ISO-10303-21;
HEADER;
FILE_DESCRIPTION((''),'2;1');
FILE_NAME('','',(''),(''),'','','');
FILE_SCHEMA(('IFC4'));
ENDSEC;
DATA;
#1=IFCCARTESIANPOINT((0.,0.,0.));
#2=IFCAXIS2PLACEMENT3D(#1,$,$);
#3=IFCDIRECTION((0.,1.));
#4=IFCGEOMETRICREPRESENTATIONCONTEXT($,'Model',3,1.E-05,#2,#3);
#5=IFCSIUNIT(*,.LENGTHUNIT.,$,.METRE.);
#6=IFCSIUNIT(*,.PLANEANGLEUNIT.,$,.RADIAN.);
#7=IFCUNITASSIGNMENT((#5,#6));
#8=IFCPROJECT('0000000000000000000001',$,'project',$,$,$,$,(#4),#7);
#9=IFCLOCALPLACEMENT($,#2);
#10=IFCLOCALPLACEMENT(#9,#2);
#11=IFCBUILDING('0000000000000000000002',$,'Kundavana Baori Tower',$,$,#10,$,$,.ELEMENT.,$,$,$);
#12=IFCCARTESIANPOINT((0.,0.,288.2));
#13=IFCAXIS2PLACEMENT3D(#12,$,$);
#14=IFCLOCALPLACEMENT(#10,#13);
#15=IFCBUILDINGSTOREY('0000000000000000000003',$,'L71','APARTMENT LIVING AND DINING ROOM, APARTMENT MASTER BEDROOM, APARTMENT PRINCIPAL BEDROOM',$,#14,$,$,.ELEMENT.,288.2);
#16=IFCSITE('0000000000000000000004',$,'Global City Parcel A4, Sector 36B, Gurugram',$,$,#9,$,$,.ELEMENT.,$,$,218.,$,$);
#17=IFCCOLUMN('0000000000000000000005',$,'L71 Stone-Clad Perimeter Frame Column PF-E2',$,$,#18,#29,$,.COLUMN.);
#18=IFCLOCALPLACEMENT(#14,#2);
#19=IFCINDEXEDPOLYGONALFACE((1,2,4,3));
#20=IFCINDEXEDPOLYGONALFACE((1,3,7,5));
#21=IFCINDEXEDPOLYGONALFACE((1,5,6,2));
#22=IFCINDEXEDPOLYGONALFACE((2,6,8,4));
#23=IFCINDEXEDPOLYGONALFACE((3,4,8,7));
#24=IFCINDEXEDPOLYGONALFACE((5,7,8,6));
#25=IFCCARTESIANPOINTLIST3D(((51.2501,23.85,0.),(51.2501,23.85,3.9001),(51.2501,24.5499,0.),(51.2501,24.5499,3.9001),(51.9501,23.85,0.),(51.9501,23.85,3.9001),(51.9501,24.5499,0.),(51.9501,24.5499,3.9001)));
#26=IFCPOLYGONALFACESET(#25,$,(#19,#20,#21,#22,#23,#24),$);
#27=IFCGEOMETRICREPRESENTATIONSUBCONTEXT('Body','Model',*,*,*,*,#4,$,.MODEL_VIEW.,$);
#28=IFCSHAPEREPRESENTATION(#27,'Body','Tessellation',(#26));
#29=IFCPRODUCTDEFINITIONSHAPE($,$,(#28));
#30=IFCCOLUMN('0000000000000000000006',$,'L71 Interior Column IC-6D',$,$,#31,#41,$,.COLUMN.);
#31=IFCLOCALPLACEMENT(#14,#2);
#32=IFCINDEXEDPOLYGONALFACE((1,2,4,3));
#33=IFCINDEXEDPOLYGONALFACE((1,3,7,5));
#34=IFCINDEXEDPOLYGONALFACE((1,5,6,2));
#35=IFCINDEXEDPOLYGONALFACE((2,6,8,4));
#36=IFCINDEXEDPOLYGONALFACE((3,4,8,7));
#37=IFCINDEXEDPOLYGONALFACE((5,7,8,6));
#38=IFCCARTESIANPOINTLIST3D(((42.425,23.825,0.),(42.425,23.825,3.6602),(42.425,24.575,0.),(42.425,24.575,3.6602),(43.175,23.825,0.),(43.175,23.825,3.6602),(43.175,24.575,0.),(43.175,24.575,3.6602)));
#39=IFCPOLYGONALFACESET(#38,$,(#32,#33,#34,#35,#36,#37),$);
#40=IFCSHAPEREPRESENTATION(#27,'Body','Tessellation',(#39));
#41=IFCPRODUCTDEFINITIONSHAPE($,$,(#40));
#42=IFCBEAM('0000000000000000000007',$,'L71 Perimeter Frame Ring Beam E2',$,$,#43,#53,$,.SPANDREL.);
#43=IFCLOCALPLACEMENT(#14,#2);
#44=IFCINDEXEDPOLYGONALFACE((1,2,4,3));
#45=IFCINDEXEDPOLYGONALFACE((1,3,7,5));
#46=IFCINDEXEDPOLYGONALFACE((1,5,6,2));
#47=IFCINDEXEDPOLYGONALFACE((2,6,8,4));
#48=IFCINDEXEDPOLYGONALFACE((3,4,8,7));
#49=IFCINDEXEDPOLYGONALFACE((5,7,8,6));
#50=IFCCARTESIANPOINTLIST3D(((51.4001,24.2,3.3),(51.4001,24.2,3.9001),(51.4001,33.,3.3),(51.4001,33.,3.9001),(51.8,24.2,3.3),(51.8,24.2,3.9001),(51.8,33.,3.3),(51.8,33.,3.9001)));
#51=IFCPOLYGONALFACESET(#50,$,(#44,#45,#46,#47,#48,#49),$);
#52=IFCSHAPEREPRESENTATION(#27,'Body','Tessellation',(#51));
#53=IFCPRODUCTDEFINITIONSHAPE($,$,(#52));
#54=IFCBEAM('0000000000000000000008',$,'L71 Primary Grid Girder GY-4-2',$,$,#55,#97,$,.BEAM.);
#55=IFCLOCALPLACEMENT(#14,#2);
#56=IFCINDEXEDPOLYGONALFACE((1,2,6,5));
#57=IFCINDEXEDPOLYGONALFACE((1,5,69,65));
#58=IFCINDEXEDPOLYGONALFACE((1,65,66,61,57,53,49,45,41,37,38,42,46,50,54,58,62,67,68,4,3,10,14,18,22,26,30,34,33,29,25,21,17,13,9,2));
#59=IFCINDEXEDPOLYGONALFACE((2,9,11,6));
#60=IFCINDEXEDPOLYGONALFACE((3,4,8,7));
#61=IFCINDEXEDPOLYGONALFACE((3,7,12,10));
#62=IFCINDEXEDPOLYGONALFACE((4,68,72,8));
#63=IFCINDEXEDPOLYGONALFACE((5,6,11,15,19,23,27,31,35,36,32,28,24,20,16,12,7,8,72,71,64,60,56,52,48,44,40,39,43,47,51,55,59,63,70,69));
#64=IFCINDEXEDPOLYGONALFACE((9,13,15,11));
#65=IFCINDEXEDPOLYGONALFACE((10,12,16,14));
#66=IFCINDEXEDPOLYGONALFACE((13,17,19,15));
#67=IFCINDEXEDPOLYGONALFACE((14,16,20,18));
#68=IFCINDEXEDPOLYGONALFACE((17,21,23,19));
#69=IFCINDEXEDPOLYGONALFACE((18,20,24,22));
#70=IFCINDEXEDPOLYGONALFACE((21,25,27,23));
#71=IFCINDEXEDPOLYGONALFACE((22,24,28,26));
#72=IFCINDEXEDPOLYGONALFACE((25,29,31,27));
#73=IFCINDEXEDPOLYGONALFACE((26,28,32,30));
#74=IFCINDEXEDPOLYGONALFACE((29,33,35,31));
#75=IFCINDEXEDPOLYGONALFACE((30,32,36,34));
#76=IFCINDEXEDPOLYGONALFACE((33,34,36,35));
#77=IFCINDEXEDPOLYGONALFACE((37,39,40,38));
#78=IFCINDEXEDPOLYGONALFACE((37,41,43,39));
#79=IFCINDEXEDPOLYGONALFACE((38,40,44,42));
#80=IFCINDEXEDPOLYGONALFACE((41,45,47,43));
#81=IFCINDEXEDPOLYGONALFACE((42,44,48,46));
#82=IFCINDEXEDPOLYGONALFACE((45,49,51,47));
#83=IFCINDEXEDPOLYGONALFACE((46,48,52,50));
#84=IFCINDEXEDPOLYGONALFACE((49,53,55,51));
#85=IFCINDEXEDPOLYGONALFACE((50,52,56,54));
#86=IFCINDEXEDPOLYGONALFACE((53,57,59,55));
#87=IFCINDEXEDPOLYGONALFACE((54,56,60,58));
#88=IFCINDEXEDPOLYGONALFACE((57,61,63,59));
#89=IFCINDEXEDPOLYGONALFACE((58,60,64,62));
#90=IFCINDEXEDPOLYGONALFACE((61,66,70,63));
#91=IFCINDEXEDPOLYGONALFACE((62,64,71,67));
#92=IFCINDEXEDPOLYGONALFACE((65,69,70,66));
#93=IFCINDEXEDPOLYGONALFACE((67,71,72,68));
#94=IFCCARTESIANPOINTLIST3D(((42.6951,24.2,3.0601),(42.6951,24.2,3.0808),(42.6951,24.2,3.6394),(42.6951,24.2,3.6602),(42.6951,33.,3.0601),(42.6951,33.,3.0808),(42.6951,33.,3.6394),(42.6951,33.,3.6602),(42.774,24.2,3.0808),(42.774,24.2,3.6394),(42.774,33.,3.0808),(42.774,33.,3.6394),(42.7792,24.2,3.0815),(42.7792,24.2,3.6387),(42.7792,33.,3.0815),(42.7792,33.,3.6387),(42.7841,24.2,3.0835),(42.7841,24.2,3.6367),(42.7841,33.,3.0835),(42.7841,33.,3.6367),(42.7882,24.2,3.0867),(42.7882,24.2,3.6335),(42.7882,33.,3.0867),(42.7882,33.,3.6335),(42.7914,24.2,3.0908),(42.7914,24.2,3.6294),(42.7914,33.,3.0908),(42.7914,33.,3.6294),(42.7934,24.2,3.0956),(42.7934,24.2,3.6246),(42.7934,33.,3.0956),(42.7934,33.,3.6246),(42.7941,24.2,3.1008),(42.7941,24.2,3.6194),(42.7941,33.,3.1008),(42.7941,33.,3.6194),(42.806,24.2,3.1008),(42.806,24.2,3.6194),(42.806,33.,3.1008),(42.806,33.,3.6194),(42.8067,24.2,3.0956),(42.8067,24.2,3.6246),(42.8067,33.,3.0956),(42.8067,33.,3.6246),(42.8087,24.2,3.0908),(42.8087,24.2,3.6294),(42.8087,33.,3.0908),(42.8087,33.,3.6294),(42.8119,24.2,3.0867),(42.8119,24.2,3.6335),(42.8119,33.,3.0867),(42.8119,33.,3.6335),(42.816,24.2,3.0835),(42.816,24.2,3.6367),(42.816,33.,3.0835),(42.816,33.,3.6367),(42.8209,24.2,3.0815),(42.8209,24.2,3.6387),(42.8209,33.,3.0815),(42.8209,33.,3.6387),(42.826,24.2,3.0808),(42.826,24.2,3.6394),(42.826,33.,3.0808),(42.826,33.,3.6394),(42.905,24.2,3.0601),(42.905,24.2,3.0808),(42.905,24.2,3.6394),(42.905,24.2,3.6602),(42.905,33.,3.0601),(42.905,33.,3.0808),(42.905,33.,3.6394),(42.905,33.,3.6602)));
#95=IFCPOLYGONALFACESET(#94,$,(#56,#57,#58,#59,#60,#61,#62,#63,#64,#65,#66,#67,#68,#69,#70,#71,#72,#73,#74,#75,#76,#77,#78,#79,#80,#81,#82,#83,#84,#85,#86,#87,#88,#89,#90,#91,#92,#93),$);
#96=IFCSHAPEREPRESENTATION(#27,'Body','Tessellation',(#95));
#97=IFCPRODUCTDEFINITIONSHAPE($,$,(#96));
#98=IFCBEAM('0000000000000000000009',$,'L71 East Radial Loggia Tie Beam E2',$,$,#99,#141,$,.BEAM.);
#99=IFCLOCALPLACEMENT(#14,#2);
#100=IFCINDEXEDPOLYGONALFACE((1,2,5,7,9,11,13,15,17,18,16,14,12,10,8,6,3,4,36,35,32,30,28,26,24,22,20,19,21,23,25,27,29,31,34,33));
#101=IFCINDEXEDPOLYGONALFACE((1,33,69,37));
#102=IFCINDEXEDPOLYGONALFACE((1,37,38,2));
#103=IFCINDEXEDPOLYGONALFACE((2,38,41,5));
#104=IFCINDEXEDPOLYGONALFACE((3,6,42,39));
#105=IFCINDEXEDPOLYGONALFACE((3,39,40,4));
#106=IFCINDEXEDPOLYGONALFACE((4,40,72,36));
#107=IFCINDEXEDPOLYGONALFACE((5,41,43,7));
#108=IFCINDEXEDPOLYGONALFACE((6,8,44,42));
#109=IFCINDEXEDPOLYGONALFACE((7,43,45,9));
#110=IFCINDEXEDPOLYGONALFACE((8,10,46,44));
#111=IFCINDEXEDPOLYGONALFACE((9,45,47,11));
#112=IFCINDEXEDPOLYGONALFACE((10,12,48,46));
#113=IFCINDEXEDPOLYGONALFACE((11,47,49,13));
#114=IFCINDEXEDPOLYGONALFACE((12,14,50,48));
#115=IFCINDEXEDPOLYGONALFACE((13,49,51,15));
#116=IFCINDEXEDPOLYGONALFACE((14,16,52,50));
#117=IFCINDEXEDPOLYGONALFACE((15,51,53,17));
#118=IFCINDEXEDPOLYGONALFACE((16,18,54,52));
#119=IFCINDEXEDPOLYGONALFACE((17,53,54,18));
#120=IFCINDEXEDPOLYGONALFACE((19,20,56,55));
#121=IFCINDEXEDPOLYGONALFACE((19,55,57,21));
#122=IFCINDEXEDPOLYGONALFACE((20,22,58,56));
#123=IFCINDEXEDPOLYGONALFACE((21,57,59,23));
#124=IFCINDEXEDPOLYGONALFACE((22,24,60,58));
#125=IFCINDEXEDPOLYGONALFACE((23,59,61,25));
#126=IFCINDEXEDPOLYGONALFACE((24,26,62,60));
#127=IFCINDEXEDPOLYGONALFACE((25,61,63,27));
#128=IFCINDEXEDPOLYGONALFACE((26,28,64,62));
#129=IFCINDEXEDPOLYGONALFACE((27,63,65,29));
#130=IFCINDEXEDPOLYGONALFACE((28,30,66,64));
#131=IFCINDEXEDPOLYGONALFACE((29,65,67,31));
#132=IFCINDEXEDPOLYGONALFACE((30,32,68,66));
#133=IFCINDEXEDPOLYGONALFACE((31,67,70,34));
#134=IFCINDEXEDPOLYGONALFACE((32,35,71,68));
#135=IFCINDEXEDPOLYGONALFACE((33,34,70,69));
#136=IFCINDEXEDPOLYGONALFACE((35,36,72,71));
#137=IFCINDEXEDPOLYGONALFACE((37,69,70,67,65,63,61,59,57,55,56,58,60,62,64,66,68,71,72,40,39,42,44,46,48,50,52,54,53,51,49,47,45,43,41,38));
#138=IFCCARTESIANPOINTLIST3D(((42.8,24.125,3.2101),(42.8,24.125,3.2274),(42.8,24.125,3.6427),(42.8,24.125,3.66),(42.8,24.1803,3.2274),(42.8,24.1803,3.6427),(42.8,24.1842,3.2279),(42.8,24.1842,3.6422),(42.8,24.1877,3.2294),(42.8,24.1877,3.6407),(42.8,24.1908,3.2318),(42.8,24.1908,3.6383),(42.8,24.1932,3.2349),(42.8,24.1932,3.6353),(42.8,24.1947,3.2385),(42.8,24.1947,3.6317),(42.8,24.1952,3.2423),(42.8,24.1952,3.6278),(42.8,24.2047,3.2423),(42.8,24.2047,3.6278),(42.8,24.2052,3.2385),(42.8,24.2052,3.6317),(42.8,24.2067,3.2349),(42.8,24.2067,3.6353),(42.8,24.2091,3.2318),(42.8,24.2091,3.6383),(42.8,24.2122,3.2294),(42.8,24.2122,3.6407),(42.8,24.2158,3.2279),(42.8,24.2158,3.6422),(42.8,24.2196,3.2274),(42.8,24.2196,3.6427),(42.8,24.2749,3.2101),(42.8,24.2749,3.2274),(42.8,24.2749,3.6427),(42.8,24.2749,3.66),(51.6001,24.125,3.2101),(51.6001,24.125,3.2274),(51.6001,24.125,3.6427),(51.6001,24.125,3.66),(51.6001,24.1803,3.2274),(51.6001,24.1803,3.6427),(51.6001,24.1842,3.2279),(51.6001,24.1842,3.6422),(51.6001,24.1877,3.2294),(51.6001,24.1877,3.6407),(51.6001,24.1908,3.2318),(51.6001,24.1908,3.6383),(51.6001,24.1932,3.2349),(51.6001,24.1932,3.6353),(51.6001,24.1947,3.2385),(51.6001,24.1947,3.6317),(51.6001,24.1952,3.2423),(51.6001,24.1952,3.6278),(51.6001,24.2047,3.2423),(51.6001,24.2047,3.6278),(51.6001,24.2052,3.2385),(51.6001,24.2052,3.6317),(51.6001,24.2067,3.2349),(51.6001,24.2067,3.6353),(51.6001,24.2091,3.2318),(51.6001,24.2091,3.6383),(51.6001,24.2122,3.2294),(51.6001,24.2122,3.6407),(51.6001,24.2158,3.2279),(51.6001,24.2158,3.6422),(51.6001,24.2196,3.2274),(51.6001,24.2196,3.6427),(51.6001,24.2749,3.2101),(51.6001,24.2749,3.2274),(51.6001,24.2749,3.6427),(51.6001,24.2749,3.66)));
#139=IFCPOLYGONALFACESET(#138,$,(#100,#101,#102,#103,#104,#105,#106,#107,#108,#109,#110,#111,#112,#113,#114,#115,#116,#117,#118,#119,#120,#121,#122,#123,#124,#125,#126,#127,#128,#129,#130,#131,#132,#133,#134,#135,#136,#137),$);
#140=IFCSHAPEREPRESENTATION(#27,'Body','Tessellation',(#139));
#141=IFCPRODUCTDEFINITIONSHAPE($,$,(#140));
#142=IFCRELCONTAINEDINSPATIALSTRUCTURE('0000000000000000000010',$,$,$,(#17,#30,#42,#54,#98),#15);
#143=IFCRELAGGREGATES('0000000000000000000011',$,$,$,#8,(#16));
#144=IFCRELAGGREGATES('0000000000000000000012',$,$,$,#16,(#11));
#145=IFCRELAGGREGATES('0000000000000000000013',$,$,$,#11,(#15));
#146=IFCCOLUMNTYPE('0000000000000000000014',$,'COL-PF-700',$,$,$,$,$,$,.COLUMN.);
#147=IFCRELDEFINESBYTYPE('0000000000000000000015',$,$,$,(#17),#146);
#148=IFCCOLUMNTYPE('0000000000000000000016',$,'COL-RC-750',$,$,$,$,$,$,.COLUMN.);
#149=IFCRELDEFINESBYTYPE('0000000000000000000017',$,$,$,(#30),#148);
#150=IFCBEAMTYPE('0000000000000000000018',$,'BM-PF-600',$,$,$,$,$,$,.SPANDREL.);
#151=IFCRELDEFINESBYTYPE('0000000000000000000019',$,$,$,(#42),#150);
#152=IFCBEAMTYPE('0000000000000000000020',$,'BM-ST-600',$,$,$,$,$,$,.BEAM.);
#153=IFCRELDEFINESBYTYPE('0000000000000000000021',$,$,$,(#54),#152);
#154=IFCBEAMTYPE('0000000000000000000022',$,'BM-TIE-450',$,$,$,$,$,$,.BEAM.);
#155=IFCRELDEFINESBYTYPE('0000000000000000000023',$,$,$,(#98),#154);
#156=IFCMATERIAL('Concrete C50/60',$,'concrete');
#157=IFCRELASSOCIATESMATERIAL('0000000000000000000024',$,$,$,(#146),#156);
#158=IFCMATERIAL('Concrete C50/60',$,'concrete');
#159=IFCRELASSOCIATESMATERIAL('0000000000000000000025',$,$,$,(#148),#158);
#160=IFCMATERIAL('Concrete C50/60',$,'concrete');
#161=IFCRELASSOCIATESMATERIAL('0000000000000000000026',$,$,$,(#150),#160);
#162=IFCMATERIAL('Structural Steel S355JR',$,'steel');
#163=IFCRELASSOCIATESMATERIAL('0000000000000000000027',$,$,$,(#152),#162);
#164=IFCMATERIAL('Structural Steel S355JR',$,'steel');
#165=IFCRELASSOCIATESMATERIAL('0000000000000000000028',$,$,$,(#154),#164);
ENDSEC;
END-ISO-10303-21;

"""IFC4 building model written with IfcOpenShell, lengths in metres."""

from ifc_helpers import new_model, si_unit, direction, frame, origin, origin_2d, place, context, subcontext, project, spatial, rectangle, i_section, extrude, material, material_profile, profile_set, type_object, element, save


model = new_model("IFC4")

# Units and contexts
model_context = context("Model", 3, precision=1e-05, world=origin(), true_north=direction((0.0, 1.0)))
body_context = subcontext(model_context, "Body", "Model", "MODEL_VIEW")
ifc_project = project(units=[si_unit("LENGTHUNIT", "METRE"), si_unit("PLANEANGLEUNIT", "RADIAN")], contexts=[model_context])

# Site, building, storey
site_placement = place(None, origin())
site = spatial("IfcSite", under=ifc_project, at=site_placement, Name="Global City Parcel A4, Sector 36B, Gurugram", CompositionType="ELEMENT", RefElevation=218.0)
building_placement = place(site_placement, origin())
building = spatial("IfcBuilding", under=site, at=building_placement, Name="Kundavana Baori Tower", CompositionType="ELEMENT")
storey_placement = place(building_placement, frame((0.0, 0.0, 288.2)))
storey = spatial("IfcBuildingStorey", under=building, at=storey_placement, Name="L71", Description="APARTMENT LIVING AND DINING ROOM, APARTMENT MASTER BEDROOM, APARTMENT PRINCIPAL BEDROOM", CompositionType="ELEMENT", Elevation=288.2)

# Columns
ifc_material_1 = material(Name="Concrete C50/60", Category="concrete")
ifc_material_profile_1 = material_profile(ifc_material_1, rectangle(XDim=0.7, YDim=0.7, at=origin_2d()), Name="RC PF 700x700")
ifc_profile_set_1 = profile_set([ifc_material_profile_1], Name="Concrete C50/60")
column_type_1 = type_object("IfcColumnType", Name="COL-PF-700", PredefinedType="COLUMN", material=ifc_profile_set_1)
column_1_placement = place(storey_placement, frame((51.6001, 24.2, 0.0), z_axis=(0.0, 0.0, 1.0), x_axis=(1.0, 0.0, 0.0)))
element("IfcColumn", 1, at=column_1_placement, inside=storey, type_object=column_type_1, Name="L71 Stone-Clad Perimeter Frame Column PF-E2", PredefinedType="COLUMN", context=body_context, shape_type="SweptSolid", body=[
    extrude(rectangle(XDim=0.7, YDim=0.7, at=origin_2d()), origin(), (0.0, 0.0, 1.0), 3.9001),
])
ifc_material_2 = material(Name="Concrete C50/60", Category="concrete")
ifc_material_profile_2 = material_profile(ifc_material_2, rectangle(XDim=0.75, YDim=0.75, at=origin_2d()), Name="RC 750x750")
ifc_profile_set_2 = profile_set([ifc_material_profile_2], Name="Concrete C50/60")
column_type_2 = type_object("IfcColumnType", Name="COL-RC-750", PredefinedType="COLUMN", material=ifc_profile_set_2)
column_2_placement = place(storey_placement, frame((42.8, 24.2, 0.0), z_axis=(0.0, 0.0, 1.0), x_axis=(1.0, 0.0, 0.0)))
element("IfcColumn", 2, at=column_2_placement, inside=storey, type_object=column_type_2, Name="L71 Interior Column IC-6D", PredefinedType="COLUMN", context=body_context, shape_type="SweptSolid", body=[
    extrude(rectangle(XDim=0.75, YDim=0.75, at=origin_2d()), origin(), (0.0, 0.0, 1.0), 3.6602),
])

# Beams
ifc_material_3 = material(Name="Concrete C50/60", Category="concrete")
ifc_material_profile_3 = material_profile(ifc_material_3, rectangle(XDim=0.3999, YDim=0.6001, at=origin_2d()), Name="RC BM 400x600")
ifc_profile_set_3 = profile_set([ifc_material_profile_3], Name="Concrete C50/60")
beam_type_1 = type_object("IfcBeamType", Name="BM-PF-600", PredefinedType="SPANDREL", material=ifc_profile_set_3)
beam_1_placement = place(storey_placement, frame((51.6001, 24.2, 3.6001), z_axis=(0.0, 1.0, 0.0), x_axis=(-1.0, 0.0, 0.0)))
element("IfcBeam", 3, at=beam_1_placement, inside=storey, type_object=beam_type_1, Name="L71 Perimeter Frame Ring Beam E2", PredefinedType="SPANDREL", context=body_context, shape_type="SweptSolid", body=[
    extrude(rectangle(XDim=0.3999, YDim=0.6001, at=origin_2d()), origin(), (0.0, 0.0, 1.0), 8.8),
])
ifc_material_4 = material(Name="Structural Steel S355JR", Category="steel")
ifc_material_profile_4 = material_profile(ifc_material_4, i_section(OverallWidth=0.21, OverallDepth=0.6001, WebThickness=0.012, FlangeThickness=0.0208, FilletRadius=0.02, at=origin_2d()), Name="ISMB 600")
ifc_profile_set_4 = profile_set([ifc_material_profile_4], Name="Structural Steel S355JR")
beam_type_2 = type_object("IfcBeamType", Name="BM-ST-600", PredefinedType="BEAM", material=ifc_profile_set_4)
beam_2_placement = place(storey_placement, frame((42.8, 24.2, 3.3601), z_axis=(0.0, 1.0, 0.0), x_axis=(-1.0, 0.0, 0.0)))
element("IfcBeam", 4, at=beam_2_placement, inside=storey, type_object=beam_type_2, Name="L71 Primary Grid Girder GY-4-2", PredefinedType="BEAM", context=body_context, shape_type="SweptSolid", body=[
    extrude(i_section(OverallWidth=0.21, OverallDepth=0.6001, WebThickness=0.012, FlangeThickness=0.0208, FilletRadius=0.02, at=origin_2d()), origin(), (0.0, 0.0, 1.0), 8.8),
])
ifc_material_5 = material(Name="Structural Steel S355JR", Category="steel")
ifc_material_profile_5 = material_profile(ifc_material_5, i_section(OverallWidth=0.1499, OverallDepth=0.45, WebThickness=0.0095, FlangeThickness=0.0173, FilletRadius=0.0149, at=origin_2d()), Name="ISMB 450")
ifc_profile_set_5 = profile_set([ifc_material_profile_5], Name="Structural Steel S355JR")
beam_type_3 = type_object("IfcBeamType", Name="BM-TIE-450", PredefinedType="BEAM", material=ifc_profile_set_5)
beam_3_placement = place(storey_placement, frame((42.8, 24.2, 3.4351), z_axis=(1.0, 0.0, 0.0), x_axis=(0.0, 1.0, 0.0)))
element("IfcBeam", 5, at=beam_3_placement, inside=storey, type_object=beam_type_3, Name="L71 East Radial Loggia Tie Beam E2", PredefinedType="BEAM", context=body_context, shape_type="SweptSolid", body=[
    extrude(i_section(OverallWidth=0.1499, OverallDepth=0.45, WebThickness=0.0095, FlangeThickness=0.0173, FilletRadius=0.0149, at=origin_2d()), origin(), (0.0, 0.0, 1.0), 8.8),
])

save(model, "model.ifc")
